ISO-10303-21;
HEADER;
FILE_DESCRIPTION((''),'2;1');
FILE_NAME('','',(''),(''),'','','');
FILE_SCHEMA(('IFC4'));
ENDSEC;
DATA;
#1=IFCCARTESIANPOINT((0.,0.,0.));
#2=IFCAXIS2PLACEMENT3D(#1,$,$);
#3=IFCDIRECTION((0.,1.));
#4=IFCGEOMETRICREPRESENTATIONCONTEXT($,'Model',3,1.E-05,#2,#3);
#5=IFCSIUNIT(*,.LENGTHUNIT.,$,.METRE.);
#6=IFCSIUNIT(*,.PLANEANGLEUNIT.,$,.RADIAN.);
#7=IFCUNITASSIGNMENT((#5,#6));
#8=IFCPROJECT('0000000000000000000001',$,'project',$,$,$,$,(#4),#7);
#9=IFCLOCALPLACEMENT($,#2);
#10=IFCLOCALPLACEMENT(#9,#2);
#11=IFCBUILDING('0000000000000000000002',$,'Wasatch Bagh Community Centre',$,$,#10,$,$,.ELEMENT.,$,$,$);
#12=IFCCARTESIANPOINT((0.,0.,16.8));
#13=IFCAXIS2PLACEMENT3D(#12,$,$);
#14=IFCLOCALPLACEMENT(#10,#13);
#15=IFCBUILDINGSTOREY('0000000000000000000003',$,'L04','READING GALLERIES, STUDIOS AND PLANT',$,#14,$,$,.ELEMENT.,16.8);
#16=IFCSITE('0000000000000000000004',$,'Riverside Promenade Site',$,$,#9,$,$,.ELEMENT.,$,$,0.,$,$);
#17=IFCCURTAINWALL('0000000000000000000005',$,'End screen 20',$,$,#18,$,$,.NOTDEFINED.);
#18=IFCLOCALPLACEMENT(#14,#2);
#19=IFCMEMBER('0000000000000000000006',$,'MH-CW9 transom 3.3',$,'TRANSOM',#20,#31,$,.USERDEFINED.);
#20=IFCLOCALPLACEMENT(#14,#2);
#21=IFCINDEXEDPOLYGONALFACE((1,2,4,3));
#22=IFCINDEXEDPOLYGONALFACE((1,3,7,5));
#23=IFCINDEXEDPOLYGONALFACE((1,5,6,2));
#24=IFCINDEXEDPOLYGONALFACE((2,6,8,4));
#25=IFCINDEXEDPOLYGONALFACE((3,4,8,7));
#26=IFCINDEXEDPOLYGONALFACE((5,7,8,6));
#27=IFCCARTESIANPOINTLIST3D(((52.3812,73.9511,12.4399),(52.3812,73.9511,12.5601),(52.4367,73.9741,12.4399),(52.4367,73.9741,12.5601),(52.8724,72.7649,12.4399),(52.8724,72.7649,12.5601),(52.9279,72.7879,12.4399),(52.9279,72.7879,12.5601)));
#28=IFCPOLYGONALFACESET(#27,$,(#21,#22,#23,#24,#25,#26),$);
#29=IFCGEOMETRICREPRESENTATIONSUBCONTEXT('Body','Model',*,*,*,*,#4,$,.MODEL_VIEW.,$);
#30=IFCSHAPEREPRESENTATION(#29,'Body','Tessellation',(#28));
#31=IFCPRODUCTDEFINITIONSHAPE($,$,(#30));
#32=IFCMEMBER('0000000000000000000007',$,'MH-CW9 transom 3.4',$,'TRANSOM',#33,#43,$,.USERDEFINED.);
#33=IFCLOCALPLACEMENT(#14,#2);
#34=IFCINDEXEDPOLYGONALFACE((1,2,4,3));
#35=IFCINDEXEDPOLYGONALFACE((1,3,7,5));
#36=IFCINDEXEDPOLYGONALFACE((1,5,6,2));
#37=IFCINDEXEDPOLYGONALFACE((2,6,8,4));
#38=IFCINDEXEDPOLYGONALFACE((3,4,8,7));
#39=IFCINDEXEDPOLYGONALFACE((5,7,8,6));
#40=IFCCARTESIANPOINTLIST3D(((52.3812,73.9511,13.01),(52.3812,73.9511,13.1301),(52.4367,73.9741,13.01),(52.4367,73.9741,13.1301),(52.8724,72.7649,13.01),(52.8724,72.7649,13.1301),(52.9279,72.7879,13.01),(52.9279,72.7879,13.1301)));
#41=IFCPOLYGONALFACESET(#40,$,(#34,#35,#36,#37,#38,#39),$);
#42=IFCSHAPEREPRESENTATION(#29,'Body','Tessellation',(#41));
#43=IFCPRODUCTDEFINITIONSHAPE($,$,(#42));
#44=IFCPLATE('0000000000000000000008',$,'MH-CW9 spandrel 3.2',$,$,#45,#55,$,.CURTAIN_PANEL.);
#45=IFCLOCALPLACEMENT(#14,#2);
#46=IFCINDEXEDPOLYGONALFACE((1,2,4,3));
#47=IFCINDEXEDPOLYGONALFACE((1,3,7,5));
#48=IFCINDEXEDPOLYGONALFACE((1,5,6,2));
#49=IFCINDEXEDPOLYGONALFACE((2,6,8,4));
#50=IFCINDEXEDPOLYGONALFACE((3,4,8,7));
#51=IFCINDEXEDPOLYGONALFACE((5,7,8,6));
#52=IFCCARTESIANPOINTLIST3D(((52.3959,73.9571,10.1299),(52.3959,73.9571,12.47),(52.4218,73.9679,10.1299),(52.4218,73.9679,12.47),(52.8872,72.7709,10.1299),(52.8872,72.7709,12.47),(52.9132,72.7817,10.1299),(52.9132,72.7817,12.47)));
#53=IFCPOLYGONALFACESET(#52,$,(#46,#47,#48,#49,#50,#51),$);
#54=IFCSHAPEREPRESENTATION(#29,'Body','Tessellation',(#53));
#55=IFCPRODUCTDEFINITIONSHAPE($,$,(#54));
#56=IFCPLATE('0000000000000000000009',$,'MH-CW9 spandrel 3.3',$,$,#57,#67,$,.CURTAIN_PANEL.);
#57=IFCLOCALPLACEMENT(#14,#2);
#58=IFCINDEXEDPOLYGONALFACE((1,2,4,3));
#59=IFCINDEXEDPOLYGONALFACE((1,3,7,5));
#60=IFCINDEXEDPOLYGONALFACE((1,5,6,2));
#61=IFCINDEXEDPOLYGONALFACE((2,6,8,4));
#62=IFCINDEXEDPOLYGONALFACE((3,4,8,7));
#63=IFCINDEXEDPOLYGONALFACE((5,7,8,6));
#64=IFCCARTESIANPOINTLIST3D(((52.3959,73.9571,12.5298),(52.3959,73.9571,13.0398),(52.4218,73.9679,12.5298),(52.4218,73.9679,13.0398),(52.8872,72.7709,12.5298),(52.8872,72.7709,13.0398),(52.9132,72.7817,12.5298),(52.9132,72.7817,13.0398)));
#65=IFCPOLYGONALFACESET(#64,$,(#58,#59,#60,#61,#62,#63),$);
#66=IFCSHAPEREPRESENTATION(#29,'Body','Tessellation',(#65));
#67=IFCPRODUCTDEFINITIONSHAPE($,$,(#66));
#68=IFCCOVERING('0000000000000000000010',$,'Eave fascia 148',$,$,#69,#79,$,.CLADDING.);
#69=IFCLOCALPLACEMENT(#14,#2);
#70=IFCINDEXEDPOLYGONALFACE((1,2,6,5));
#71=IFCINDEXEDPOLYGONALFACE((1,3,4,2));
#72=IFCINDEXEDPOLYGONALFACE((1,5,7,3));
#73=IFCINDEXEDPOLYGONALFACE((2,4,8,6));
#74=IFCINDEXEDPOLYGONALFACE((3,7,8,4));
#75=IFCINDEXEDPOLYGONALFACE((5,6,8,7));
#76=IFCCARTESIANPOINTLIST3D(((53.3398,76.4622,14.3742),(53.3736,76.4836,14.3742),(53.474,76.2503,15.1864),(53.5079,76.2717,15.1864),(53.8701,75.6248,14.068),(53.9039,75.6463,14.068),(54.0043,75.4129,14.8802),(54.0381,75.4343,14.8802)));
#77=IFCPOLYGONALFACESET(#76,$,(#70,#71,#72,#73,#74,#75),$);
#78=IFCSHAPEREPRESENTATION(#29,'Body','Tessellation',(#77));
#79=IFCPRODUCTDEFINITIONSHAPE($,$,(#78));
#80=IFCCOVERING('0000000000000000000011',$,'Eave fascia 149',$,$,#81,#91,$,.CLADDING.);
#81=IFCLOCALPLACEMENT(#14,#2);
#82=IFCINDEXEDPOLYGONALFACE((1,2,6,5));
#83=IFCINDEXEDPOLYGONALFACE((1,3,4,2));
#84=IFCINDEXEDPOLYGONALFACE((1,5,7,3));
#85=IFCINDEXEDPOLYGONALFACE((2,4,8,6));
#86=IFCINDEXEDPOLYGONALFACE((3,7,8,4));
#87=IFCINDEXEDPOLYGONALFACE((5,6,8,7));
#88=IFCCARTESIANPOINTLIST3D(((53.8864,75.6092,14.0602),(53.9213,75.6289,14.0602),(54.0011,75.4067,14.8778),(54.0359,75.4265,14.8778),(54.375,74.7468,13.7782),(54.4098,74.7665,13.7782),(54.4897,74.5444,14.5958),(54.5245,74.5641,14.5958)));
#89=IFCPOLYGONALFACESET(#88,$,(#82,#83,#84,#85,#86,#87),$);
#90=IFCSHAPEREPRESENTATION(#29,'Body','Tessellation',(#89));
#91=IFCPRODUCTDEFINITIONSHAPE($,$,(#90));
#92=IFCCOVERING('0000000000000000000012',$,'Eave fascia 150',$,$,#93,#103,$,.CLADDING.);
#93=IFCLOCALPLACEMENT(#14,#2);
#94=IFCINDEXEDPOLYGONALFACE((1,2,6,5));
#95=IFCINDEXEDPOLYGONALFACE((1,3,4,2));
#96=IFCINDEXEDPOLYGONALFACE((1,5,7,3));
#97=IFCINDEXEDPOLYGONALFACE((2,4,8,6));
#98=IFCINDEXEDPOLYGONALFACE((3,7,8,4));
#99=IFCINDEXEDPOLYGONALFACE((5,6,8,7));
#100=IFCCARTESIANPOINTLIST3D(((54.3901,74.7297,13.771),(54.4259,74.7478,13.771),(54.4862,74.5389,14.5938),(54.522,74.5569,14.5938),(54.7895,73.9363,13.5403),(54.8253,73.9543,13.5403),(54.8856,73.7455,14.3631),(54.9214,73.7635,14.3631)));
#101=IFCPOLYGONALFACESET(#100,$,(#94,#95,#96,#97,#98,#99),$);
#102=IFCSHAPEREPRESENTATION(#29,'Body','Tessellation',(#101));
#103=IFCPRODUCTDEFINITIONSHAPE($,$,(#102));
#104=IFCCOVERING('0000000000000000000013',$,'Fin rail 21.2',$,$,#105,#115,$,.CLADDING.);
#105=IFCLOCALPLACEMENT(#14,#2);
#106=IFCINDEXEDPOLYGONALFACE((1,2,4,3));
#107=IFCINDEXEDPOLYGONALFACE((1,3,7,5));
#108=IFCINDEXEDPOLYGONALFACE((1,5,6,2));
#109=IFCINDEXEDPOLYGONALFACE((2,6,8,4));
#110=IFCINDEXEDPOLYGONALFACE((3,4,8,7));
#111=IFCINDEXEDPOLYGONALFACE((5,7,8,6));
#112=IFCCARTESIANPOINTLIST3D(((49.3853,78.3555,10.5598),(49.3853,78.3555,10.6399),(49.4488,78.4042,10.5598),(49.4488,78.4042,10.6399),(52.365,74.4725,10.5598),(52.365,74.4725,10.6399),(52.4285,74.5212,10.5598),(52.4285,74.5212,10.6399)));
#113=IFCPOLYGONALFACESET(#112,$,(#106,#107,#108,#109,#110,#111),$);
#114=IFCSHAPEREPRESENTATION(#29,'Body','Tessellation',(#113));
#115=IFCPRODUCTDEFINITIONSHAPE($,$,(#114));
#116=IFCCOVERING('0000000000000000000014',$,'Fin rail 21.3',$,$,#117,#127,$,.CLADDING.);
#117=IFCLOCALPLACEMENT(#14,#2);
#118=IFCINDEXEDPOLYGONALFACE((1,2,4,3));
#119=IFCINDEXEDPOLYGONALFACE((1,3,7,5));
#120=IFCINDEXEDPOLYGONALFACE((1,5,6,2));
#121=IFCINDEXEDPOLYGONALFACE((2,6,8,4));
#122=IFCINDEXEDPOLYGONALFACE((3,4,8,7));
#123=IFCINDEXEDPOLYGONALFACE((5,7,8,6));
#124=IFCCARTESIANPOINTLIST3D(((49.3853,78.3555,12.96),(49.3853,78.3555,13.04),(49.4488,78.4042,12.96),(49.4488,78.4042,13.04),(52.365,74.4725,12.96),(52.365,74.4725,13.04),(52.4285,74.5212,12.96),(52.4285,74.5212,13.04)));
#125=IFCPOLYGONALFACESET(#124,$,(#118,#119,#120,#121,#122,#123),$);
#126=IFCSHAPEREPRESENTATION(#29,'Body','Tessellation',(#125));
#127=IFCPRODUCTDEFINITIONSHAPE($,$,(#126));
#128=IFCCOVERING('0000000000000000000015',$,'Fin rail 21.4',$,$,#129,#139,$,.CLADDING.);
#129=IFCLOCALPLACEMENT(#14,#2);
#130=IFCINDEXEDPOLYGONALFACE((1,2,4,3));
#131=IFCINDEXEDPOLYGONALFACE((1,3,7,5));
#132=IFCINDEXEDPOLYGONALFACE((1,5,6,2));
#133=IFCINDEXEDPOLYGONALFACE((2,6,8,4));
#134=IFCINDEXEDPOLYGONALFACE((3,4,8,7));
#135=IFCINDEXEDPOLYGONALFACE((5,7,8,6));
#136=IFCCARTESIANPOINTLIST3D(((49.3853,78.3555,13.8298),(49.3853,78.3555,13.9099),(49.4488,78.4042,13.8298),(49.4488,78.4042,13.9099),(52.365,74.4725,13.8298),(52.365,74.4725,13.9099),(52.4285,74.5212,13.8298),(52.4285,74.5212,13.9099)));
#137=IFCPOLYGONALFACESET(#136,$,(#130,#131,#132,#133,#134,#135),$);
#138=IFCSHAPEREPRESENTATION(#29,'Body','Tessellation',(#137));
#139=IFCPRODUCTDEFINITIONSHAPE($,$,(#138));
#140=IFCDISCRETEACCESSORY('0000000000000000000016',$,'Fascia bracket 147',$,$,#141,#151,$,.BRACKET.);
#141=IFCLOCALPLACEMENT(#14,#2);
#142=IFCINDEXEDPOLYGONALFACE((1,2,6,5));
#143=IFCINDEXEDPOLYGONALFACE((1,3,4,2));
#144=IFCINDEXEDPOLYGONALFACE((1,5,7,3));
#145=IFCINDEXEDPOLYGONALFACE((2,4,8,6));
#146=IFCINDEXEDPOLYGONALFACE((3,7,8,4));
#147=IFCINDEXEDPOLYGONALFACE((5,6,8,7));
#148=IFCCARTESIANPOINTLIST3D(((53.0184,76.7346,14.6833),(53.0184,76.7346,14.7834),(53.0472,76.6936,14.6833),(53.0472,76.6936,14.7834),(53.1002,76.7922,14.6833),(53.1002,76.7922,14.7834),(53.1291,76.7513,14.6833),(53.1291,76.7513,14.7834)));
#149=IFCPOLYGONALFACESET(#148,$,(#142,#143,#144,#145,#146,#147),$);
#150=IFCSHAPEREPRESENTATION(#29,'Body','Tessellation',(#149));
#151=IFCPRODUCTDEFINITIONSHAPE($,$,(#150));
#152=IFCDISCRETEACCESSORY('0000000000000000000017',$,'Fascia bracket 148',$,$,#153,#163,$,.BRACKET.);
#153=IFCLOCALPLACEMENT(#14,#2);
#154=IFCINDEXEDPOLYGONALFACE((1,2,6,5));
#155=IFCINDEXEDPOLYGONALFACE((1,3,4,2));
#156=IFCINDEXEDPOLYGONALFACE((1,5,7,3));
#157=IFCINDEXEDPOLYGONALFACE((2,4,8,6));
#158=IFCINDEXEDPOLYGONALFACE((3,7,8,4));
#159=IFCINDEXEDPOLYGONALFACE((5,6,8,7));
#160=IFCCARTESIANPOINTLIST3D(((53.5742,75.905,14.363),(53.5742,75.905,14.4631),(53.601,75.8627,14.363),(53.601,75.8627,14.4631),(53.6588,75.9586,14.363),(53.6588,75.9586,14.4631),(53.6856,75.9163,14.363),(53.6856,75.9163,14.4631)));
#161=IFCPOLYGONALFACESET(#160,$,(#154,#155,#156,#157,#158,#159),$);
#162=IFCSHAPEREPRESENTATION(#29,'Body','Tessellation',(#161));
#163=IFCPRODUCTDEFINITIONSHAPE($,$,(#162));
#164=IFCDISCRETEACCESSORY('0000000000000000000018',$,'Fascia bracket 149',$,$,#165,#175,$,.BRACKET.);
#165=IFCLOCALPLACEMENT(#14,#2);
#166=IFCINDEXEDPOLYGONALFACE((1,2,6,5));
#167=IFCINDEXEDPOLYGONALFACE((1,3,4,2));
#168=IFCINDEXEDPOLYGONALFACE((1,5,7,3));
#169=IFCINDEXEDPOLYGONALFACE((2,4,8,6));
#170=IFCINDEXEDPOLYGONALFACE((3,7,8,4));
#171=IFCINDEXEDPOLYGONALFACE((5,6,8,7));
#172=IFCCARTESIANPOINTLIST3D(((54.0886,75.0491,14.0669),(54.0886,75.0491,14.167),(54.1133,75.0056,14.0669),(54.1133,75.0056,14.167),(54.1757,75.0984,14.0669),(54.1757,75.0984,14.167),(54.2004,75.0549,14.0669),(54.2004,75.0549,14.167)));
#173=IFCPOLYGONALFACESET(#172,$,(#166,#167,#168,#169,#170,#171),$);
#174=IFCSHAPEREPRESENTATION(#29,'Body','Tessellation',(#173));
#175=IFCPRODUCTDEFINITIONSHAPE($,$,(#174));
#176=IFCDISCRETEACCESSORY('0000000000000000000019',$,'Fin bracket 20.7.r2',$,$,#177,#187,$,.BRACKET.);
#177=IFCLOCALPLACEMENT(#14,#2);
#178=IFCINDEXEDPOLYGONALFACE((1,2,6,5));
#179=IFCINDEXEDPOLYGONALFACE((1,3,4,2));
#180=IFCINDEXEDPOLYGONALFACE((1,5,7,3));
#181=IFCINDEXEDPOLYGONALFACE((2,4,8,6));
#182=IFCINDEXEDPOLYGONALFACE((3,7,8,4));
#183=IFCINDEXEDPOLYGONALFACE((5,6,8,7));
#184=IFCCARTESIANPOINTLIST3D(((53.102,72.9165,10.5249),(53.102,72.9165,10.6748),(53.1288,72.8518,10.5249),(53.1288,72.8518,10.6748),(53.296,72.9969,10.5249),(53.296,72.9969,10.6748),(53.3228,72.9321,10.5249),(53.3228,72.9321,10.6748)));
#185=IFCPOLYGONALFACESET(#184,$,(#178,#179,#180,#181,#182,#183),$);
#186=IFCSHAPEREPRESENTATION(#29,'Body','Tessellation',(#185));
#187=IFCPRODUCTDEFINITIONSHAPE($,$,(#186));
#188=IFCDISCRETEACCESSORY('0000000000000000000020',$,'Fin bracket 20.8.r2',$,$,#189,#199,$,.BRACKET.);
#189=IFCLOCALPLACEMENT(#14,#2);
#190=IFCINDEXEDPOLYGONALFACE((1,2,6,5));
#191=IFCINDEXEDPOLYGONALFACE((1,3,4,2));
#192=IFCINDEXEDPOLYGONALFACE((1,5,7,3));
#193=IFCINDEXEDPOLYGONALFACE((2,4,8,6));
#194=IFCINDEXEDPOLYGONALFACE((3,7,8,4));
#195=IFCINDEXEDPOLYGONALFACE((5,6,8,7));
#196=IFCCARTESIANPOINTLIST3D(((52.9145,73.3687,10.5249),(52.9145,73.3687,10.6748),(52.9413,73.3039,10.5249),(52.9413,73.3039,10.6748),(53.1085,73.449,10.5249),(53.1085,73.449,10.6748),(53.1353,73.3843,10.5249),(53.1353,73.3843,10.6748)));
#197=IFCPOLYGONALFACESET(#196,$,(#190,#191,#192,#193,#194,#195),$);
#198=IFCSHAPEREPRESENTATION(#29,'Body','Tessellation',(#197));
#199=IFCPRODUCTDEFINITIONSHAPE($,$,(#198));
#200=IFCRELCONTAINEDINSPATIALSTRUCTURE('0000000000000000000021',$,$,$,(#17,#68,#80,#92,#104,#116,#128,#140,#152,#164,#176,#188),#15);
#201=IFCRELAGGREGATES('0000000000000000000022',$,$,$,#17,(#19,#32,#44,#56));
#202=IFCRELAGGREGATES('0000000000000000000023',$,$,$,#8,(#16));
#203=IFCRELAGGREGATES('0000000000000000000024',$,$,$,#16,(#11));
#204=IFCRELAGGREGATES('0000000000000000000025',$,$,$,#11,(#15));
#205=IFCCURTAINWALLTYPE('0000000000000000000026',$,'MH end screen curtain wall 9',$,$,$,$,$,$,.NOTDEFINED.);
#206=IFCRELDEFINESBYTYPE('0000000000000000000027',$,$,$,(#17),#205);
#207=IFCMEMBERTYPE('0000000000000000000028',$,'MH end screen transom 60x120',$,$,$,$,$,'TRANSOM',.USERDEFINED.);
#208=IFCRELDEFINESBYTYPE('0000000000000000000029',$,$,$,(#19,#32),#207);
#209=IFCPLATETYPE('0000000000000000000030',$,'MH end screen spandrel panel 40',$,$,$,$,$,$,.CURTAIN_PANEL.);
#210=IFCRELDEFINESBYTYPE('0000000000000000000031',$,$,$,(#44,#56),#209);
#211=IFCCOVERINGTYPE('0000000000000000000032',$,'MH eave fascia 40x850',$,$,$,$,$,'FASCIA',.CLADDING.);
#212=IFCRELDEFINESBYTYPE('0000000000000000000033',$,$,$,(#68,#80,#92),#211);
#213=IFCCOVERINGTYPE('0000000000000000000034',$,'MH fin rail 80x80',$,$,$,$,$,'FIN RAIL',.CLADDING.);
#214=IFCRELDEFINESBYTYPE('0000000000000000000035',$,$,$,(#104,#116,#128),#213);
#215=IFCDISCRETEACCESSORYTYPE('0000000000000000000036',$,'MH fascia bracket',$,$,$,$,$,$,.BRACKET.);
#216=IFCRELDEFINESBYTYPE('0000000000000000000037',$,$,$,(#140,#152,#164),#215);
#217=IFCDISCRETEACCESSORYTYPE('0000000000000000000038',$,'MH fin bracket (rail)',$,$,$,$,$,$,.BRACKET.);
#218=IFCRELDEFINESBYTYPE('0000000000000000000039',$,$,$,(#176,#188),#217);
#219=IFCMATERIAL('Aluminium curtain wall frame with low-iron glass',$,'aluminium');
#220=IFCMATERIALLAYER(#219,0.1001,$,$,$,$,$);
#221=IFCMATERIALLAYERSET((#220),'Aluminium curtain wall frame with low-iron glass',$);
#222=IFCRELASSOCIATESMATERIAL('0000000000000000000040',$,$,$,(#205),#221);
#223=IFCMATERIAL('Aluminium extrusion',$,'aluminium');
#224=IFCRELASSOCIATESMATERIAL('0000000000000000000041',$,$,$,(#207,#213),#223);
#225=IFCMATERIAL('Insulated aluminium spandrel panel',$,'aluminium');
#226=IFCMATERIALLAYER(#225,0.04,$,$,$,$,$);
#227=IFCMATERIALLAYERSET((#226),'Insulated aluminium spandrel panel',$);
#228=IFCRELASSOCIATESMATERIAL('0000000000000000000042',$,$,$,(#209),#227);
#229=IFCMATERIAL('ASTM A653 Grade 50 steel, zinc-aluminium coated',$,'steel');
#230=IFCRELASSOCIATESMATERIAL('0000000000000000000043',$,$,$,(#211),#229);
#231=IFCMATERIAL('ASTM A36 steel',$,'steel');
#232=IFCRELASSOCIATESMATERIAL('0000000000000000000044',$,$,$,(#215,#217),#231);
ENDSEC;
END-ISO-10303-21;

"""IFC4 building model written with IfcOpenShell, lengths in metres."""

from ifc_helpers import new_model, si_unit, direction, frame, origin, origin_2d, place, context, subcontext, project, spatial, rectangle, extrude, material, layer, layer_set, material_profile, profile_set, type_object, element, aggregate, save


model = new_model("IFC4")

# Units and contexts
model_context = context("Model", 3, precision=1e-05, world=origin(), true_north=direction((0.0, 1.0)))
body_context = subcontext(model_context, "Body", "Model", "MODEL_VIEW")
ifc_project = project(units=[si_unit("LENGTHUNIT", "METRE"), si_unit("PLANEANGLEUNIT", "RADIAN")], contexts=[model_context])

# Site, building, storey
site_placement = place(None, origin())
site = spatial("IfcSite", under=ifc_project, at=site_placement, Name="Riverside Promenade Site", CompositionType="ELEMENT", RefElevation=0.0)
building_placement = place(site_placement, origin())
building = spatial("IfcBuilding", under=site, at=building_placement, Name="Wasatch Bagh Community Centre", CompositionType="ELEMENT")
storey_placement = place(building_placement, frame((0.0, 0.0, 16.8)))
storey = spatial("IfcBuildingStorey", under=building, at=storey_placement, Name="L04", Description="READING GALLERIES, STUDIOS AND PLANT", CompositionType="ELEMENT", Elevation=16.8)

# Curtain wall, members, plates
ifc_material_1 = material(Name="Aluminium curtain wall frame with low-iron glass", Category="aluminium")
ifc_layer_1 = layer(ifc_material_1, 0.1001)
ifc_layer_set_1 = layer_set([ifc_layer_1], Name="Aluminium curtain wall frame with low-iron glass")
curtain_wall_type = type_object("IfcCurtainWallType", Name="MH end screen curtain wall 9", PredefinedType="NOTDEFINED", material=ifc_layer_set_1)
curtain_wall_placement = place(storey_placement, origin())
curtain_wall = element("IfcCurtainWall", 1, at=curtain_wall_placement, inside=storey, type_object=curtain_wall_type, Name="End screen 20", PredefinedType="NOTDEFINED")
ifc_material_2 = material(Name="Aluminium extrusion", Category="aluminium")
ifc_material_profile_1 = material_profile(ifc_material_2, rectangle(XDim=0.0601, YDim=0.1201, at=origin_2d()), Name="AL 60x120")
ifc_profile_set_1 = profile_set([ifc_material_profile_1], Name="Aluminium extrusion")
member_type = type_object("IfcMemberType", Name="MH end screen transom 60x120", ElementType="TRANSOM", PredefinedType="USERDEFINED", material=ifc_profile_set_1)
member_1_placement = place(storey_placement, frame((52.9001, 72.7764, 12.5), z_axis=(-0.382576, 0.923924, 0.0), x_axis=(-0.923924, -0.382576, 0.0)))
member_1 = element("IfcMember", 2, at=member_1_placement, type_object=member_type, Name="MH-CW9 transom 3.3", ObjectType="TRANSOM", PredefinedType="USERDEFINED", context=body_context, shape_type="SweptSolid", body=[
    extrude(rectangle(XDim=0.0601, YDim=0.1201, at=origin_2d()), origin(), (0.0, 0.0, 1.0), 1.2839),
])
member_2_placement = place(storey_placement, frame((52.9001, 72.7764, 13.0701), z_axis=(-0.382576, 0.923924, 0.0), x_axis=(-0.923924, -0.382576, 0.0)))
member_2 = element("IfcMember", 3, at=member_2_placement, type_object=member_type, Name="MH-CW9 transom 3.4", ObjectType="TRANSOM", PredefinedType="USERDEFINED", context=body_context, shape_type="SweptSolid", body=[
    extrude(rectangle(XDim=0.0601, YDim=0.1201, at=origin_2d()), origin(), (0.0, 0.0, 1.0), 1.2839),
])
ifc_material_3 = material(Name="Insulated aluminium spandrel panel", Category="aluminium")
ifc_layer_2 = layer(ifc_material_3, 0.04)
ifc_layer_set_2 = layer_set([ifc_layer_2], Name="Insulated aluminium spandrel panel")
plate_type = type_object("IfcPlateType", Name="MH end screen spandrel panel 40", PredefinedType="CURTAIN_PANEL", material=ifc_layer_set_2)
plate_1_placement = place(storey_placement, frame((52.6545, 73.3694, 10.1299), z_axis=(0.0, 0.0, 1.0), x_axis=(-0.382683, 0.92388, 0.0)))
plate_1 = element("IfcPlate", 4, at=plate_1_placement, type_object=plate_type, Name="MH-CW9 spandrel 3.2", PredefinedType="CURTAIN_PANEL", context=body_context, shape_type="SweptSolid", body=[
    extrude(rectangle(XDim=1.2839, YDim=0.0281, at=origin_2d()), origin(), (0.0, 0.0, 1.0), 2.3401),
])
plate_2_placement = place(storey_placement, frame((52.6545, 73.3694, 12.5298), z_axis=(0.0, 0.0, 1.0), x_axis=(-0.382683, 0.92388, 0.0)))
plate_2 = element("IfcPlate", 5, at=plate_2_placement, type_object=plate_type, Name="MH-CW9 spandrel 3.3", PredefinedType="CURTAIN_PANEL", context=body_context, shape_type="SweptSolid", body=[
    extrude(rectangle(XDim=1.2839, YDim=0.0281, at=origin_2d()), origin(), (0.0, 0.0, 1.0), 0.51),
])
aggregate(curtain_wall, [member_1, member_2, plate_1, plate_2])

# Coverings
ifc_material_4 = material(Name="ASTM A653 Grade 50 steel, zinc-aluminium coated", Category="steel")
ifc_material_profile_2 = material_profile(ifc_material_4, rectangle(XDim=0.04, YDim=0.8501, at=origin_2d()), Name="FASCIA 40x850")
ifc_profile_set_2 = profile_set([ifc_material_profile_2], Name="ASTM A653 Grade 50 steel, zinc-aluminium coated")
covering_type_1 = type_object("IfcCoveringType", Name="MH eave fascia 40x850", ElementType="FASCIA", PredefinedType="CLADDING", material=ifc_profile_set_2)
covering_1_placement = place(storey_placement, frame((53.4238, 76.3669, 14.7803), z_axis=(0.511165, -0.807226, -0.29512), x_axis=(0.844856, 0.534993, 0.0)))
element("IfcCovering", 6, at=covering_1_placement, inside=storey, type_object=covering_type_1, Name="Eave fascia 148", PredefinedType="CLADDING", context=body_context, shape_type="SweptSolid", body=[
    extrude(rectangle(XDim=0.04, YDim=0.8501, at=origin_2d()), origin(), (0.0, 0.0, 1.0), 1.0374),
])
covering_2_placement = place(storey_placement, frame((53.9612, 75.5178, 14.469), z_axis=(0.474109, -0.836858, -0.273661), x_axis=(0.870071, 0.492926, 0.0)))
element("IfcCovering", 7, at=covering_2_placement, inside=storey, type_object=covering_type_1, Name="Eave fascia 149", PredefinedType="CLADDING", context=body_context, shape_type="SweptSolid", body=[
    extrude(rectangle(XDim=0.04, YDim=0.8501, at=origin_2d()), origin(), (0.0, 0.0, 1.0), 1.0305),
])
covering_3_placement = place(storey_placement, frame((54.4561, 74.6433, 14.1824), z_axis=(0.435192, -0.864532, -0.251379), x_axis=(0.893215, 0.449631, 0.0)))
element("IfcCovering", 8, at=covering_3_placement, inside=storey, type_object=covering_type_1, Name="Eave fascia 150", PredefinedType="CLADDING", context=body_context, shape_type="SweptSolid", body=[
    extrude(rectangle(XDim=0.04, YDim=0.8501, at=origin_2d()), origin(), (0.0, 0.0, 1.0), 0.9177),
])
ifc_material_profile_3 = material_profile(ifc_material_2, rectangle(XDim=0.0801, YDim=0.0801, at=origin_2d()), Name="AL 80x80")
ifc_profile_set_3 = profile_set([ifc_material_profile_3], Name="Aluminium extrusion")
covering_type_2 = type_object("IfcCoveringType", Name="MH fin rail 80x80", ElementType="FIN RAIL", PredefinedType="CLADDING", material=ifc_profile_set_3)
for number, where, z_axis, x_axis, name in (
    (9, (52.3967, 74.4968, 10.5999), (-0.608782, 0.793337, 0.0), (-0.793337, -0.608782, 0.0), "Fin rail 21.2"),
    (10, (52.3967, 74.4968, 13.0), (-0.608782, 0.793337, 0.0), (-0.793337, -0.608782, 0.0), "Fin rail 21.3"),
    (11, (52.3967, 74.4968, 13.8699), (-0.608782, 0.793337, 0.0), (-0.793337, -0.608782, 0.0), "Fin rail 21.4"),
):
    element("IfcCovering", number, at=place(storey_placement, frame(where, z_axis=z_axis, x_axis=x_axis)), inside=storey, type_object=covering_type_2, Name=name, PredefinedType="CLADDING", context=body_context, shape_type="SweptSolid", body=[
        extrude(rectangle(XDim=0.0801, YDim=0.0801, at=origin_2d()), origin(), (0.0, 0.0, 1.0), 4.8945),
    ])

# Discrete accessories
ifc_material_5 = material(Name="ASTM A36 steel", Category="steel")
discrete_accessory_type_1 = type_object("IfcDiscreteAccessoryType", Name="MH fascia bracket", PredefinedType="BRACKET", material=ifc_material_5)
for number, where, z_axis, x_axis, name in (
    (12, (53.0737, 76.7429, 14.6833), (0.0, 0.0, 1.0), (0.817585, 0.575808, 0.0), "Fascia bracket 147"),
    (13, (53.6299, 75.9106, 14.363), (0.0, 0.0, 1.0), (0.844854, 0.534998, 0.0), "Fascia bracket 148"),
    (14, (54.1445, 75.052, 14.0669), (0.0, 0.0, 1.0), (0.870087, 0.492898, 0.0), "Fascia bracket 149"),
):
    element("IfcDiscreteAccessory", number, at=place(storey_placement, frame(where, z_axis=z_axis, x_axis=x_axis)), inside=storey, type_object=discrete_accessory_type_1, Name=name, PredefinedType="BRACKET", context=body_context, shape_type="SweptSolid", body=[
        extrude(rectangle(XDim=0.1001, YDim=0.05, at=origin_2d()), origin(), (0.0, 0.0, 1.0), 0.1001),
    ])
discrete_accessory_type_2 = type_object("IfcDiscreteAccessoryType", Name="MH fin bracket (rail)", PredefinedType="BRACKET", material=ifc_material_5)
for number, where, z_axis, x_axis, name in (
    (15, (53.2124, 72.9243, 10.5249), (0.0, 0.0, 1.0), (-0.382683, 0.92388, 0.0), "Fin bracket 20.7.r2"),
    (16, (53.0249, 73.3765, 10.5249), (0.0, 0.0, 1.0), (-0.382683, 0.92388, 0.0), "Fin bracket 20.8.r2"),
):
    element("IfcDiscreteAccessory", number, at=place(storey_placement, frame(where, z_axis=z_axis, x_axis=x_axis)), inside=storey, type_object=discrete_accessory_type_2, Name=name, PredefinedType="BRACKET", context=body_context, shape_type="SweptSolid", body=[
        extrude(rectangle(XDim=0.0701, YDim=0.21, at=origin_2d()), origin(), (0.0, 0.0, 1.0), 0.1499),
    ])

save(model, "model.ifc")
